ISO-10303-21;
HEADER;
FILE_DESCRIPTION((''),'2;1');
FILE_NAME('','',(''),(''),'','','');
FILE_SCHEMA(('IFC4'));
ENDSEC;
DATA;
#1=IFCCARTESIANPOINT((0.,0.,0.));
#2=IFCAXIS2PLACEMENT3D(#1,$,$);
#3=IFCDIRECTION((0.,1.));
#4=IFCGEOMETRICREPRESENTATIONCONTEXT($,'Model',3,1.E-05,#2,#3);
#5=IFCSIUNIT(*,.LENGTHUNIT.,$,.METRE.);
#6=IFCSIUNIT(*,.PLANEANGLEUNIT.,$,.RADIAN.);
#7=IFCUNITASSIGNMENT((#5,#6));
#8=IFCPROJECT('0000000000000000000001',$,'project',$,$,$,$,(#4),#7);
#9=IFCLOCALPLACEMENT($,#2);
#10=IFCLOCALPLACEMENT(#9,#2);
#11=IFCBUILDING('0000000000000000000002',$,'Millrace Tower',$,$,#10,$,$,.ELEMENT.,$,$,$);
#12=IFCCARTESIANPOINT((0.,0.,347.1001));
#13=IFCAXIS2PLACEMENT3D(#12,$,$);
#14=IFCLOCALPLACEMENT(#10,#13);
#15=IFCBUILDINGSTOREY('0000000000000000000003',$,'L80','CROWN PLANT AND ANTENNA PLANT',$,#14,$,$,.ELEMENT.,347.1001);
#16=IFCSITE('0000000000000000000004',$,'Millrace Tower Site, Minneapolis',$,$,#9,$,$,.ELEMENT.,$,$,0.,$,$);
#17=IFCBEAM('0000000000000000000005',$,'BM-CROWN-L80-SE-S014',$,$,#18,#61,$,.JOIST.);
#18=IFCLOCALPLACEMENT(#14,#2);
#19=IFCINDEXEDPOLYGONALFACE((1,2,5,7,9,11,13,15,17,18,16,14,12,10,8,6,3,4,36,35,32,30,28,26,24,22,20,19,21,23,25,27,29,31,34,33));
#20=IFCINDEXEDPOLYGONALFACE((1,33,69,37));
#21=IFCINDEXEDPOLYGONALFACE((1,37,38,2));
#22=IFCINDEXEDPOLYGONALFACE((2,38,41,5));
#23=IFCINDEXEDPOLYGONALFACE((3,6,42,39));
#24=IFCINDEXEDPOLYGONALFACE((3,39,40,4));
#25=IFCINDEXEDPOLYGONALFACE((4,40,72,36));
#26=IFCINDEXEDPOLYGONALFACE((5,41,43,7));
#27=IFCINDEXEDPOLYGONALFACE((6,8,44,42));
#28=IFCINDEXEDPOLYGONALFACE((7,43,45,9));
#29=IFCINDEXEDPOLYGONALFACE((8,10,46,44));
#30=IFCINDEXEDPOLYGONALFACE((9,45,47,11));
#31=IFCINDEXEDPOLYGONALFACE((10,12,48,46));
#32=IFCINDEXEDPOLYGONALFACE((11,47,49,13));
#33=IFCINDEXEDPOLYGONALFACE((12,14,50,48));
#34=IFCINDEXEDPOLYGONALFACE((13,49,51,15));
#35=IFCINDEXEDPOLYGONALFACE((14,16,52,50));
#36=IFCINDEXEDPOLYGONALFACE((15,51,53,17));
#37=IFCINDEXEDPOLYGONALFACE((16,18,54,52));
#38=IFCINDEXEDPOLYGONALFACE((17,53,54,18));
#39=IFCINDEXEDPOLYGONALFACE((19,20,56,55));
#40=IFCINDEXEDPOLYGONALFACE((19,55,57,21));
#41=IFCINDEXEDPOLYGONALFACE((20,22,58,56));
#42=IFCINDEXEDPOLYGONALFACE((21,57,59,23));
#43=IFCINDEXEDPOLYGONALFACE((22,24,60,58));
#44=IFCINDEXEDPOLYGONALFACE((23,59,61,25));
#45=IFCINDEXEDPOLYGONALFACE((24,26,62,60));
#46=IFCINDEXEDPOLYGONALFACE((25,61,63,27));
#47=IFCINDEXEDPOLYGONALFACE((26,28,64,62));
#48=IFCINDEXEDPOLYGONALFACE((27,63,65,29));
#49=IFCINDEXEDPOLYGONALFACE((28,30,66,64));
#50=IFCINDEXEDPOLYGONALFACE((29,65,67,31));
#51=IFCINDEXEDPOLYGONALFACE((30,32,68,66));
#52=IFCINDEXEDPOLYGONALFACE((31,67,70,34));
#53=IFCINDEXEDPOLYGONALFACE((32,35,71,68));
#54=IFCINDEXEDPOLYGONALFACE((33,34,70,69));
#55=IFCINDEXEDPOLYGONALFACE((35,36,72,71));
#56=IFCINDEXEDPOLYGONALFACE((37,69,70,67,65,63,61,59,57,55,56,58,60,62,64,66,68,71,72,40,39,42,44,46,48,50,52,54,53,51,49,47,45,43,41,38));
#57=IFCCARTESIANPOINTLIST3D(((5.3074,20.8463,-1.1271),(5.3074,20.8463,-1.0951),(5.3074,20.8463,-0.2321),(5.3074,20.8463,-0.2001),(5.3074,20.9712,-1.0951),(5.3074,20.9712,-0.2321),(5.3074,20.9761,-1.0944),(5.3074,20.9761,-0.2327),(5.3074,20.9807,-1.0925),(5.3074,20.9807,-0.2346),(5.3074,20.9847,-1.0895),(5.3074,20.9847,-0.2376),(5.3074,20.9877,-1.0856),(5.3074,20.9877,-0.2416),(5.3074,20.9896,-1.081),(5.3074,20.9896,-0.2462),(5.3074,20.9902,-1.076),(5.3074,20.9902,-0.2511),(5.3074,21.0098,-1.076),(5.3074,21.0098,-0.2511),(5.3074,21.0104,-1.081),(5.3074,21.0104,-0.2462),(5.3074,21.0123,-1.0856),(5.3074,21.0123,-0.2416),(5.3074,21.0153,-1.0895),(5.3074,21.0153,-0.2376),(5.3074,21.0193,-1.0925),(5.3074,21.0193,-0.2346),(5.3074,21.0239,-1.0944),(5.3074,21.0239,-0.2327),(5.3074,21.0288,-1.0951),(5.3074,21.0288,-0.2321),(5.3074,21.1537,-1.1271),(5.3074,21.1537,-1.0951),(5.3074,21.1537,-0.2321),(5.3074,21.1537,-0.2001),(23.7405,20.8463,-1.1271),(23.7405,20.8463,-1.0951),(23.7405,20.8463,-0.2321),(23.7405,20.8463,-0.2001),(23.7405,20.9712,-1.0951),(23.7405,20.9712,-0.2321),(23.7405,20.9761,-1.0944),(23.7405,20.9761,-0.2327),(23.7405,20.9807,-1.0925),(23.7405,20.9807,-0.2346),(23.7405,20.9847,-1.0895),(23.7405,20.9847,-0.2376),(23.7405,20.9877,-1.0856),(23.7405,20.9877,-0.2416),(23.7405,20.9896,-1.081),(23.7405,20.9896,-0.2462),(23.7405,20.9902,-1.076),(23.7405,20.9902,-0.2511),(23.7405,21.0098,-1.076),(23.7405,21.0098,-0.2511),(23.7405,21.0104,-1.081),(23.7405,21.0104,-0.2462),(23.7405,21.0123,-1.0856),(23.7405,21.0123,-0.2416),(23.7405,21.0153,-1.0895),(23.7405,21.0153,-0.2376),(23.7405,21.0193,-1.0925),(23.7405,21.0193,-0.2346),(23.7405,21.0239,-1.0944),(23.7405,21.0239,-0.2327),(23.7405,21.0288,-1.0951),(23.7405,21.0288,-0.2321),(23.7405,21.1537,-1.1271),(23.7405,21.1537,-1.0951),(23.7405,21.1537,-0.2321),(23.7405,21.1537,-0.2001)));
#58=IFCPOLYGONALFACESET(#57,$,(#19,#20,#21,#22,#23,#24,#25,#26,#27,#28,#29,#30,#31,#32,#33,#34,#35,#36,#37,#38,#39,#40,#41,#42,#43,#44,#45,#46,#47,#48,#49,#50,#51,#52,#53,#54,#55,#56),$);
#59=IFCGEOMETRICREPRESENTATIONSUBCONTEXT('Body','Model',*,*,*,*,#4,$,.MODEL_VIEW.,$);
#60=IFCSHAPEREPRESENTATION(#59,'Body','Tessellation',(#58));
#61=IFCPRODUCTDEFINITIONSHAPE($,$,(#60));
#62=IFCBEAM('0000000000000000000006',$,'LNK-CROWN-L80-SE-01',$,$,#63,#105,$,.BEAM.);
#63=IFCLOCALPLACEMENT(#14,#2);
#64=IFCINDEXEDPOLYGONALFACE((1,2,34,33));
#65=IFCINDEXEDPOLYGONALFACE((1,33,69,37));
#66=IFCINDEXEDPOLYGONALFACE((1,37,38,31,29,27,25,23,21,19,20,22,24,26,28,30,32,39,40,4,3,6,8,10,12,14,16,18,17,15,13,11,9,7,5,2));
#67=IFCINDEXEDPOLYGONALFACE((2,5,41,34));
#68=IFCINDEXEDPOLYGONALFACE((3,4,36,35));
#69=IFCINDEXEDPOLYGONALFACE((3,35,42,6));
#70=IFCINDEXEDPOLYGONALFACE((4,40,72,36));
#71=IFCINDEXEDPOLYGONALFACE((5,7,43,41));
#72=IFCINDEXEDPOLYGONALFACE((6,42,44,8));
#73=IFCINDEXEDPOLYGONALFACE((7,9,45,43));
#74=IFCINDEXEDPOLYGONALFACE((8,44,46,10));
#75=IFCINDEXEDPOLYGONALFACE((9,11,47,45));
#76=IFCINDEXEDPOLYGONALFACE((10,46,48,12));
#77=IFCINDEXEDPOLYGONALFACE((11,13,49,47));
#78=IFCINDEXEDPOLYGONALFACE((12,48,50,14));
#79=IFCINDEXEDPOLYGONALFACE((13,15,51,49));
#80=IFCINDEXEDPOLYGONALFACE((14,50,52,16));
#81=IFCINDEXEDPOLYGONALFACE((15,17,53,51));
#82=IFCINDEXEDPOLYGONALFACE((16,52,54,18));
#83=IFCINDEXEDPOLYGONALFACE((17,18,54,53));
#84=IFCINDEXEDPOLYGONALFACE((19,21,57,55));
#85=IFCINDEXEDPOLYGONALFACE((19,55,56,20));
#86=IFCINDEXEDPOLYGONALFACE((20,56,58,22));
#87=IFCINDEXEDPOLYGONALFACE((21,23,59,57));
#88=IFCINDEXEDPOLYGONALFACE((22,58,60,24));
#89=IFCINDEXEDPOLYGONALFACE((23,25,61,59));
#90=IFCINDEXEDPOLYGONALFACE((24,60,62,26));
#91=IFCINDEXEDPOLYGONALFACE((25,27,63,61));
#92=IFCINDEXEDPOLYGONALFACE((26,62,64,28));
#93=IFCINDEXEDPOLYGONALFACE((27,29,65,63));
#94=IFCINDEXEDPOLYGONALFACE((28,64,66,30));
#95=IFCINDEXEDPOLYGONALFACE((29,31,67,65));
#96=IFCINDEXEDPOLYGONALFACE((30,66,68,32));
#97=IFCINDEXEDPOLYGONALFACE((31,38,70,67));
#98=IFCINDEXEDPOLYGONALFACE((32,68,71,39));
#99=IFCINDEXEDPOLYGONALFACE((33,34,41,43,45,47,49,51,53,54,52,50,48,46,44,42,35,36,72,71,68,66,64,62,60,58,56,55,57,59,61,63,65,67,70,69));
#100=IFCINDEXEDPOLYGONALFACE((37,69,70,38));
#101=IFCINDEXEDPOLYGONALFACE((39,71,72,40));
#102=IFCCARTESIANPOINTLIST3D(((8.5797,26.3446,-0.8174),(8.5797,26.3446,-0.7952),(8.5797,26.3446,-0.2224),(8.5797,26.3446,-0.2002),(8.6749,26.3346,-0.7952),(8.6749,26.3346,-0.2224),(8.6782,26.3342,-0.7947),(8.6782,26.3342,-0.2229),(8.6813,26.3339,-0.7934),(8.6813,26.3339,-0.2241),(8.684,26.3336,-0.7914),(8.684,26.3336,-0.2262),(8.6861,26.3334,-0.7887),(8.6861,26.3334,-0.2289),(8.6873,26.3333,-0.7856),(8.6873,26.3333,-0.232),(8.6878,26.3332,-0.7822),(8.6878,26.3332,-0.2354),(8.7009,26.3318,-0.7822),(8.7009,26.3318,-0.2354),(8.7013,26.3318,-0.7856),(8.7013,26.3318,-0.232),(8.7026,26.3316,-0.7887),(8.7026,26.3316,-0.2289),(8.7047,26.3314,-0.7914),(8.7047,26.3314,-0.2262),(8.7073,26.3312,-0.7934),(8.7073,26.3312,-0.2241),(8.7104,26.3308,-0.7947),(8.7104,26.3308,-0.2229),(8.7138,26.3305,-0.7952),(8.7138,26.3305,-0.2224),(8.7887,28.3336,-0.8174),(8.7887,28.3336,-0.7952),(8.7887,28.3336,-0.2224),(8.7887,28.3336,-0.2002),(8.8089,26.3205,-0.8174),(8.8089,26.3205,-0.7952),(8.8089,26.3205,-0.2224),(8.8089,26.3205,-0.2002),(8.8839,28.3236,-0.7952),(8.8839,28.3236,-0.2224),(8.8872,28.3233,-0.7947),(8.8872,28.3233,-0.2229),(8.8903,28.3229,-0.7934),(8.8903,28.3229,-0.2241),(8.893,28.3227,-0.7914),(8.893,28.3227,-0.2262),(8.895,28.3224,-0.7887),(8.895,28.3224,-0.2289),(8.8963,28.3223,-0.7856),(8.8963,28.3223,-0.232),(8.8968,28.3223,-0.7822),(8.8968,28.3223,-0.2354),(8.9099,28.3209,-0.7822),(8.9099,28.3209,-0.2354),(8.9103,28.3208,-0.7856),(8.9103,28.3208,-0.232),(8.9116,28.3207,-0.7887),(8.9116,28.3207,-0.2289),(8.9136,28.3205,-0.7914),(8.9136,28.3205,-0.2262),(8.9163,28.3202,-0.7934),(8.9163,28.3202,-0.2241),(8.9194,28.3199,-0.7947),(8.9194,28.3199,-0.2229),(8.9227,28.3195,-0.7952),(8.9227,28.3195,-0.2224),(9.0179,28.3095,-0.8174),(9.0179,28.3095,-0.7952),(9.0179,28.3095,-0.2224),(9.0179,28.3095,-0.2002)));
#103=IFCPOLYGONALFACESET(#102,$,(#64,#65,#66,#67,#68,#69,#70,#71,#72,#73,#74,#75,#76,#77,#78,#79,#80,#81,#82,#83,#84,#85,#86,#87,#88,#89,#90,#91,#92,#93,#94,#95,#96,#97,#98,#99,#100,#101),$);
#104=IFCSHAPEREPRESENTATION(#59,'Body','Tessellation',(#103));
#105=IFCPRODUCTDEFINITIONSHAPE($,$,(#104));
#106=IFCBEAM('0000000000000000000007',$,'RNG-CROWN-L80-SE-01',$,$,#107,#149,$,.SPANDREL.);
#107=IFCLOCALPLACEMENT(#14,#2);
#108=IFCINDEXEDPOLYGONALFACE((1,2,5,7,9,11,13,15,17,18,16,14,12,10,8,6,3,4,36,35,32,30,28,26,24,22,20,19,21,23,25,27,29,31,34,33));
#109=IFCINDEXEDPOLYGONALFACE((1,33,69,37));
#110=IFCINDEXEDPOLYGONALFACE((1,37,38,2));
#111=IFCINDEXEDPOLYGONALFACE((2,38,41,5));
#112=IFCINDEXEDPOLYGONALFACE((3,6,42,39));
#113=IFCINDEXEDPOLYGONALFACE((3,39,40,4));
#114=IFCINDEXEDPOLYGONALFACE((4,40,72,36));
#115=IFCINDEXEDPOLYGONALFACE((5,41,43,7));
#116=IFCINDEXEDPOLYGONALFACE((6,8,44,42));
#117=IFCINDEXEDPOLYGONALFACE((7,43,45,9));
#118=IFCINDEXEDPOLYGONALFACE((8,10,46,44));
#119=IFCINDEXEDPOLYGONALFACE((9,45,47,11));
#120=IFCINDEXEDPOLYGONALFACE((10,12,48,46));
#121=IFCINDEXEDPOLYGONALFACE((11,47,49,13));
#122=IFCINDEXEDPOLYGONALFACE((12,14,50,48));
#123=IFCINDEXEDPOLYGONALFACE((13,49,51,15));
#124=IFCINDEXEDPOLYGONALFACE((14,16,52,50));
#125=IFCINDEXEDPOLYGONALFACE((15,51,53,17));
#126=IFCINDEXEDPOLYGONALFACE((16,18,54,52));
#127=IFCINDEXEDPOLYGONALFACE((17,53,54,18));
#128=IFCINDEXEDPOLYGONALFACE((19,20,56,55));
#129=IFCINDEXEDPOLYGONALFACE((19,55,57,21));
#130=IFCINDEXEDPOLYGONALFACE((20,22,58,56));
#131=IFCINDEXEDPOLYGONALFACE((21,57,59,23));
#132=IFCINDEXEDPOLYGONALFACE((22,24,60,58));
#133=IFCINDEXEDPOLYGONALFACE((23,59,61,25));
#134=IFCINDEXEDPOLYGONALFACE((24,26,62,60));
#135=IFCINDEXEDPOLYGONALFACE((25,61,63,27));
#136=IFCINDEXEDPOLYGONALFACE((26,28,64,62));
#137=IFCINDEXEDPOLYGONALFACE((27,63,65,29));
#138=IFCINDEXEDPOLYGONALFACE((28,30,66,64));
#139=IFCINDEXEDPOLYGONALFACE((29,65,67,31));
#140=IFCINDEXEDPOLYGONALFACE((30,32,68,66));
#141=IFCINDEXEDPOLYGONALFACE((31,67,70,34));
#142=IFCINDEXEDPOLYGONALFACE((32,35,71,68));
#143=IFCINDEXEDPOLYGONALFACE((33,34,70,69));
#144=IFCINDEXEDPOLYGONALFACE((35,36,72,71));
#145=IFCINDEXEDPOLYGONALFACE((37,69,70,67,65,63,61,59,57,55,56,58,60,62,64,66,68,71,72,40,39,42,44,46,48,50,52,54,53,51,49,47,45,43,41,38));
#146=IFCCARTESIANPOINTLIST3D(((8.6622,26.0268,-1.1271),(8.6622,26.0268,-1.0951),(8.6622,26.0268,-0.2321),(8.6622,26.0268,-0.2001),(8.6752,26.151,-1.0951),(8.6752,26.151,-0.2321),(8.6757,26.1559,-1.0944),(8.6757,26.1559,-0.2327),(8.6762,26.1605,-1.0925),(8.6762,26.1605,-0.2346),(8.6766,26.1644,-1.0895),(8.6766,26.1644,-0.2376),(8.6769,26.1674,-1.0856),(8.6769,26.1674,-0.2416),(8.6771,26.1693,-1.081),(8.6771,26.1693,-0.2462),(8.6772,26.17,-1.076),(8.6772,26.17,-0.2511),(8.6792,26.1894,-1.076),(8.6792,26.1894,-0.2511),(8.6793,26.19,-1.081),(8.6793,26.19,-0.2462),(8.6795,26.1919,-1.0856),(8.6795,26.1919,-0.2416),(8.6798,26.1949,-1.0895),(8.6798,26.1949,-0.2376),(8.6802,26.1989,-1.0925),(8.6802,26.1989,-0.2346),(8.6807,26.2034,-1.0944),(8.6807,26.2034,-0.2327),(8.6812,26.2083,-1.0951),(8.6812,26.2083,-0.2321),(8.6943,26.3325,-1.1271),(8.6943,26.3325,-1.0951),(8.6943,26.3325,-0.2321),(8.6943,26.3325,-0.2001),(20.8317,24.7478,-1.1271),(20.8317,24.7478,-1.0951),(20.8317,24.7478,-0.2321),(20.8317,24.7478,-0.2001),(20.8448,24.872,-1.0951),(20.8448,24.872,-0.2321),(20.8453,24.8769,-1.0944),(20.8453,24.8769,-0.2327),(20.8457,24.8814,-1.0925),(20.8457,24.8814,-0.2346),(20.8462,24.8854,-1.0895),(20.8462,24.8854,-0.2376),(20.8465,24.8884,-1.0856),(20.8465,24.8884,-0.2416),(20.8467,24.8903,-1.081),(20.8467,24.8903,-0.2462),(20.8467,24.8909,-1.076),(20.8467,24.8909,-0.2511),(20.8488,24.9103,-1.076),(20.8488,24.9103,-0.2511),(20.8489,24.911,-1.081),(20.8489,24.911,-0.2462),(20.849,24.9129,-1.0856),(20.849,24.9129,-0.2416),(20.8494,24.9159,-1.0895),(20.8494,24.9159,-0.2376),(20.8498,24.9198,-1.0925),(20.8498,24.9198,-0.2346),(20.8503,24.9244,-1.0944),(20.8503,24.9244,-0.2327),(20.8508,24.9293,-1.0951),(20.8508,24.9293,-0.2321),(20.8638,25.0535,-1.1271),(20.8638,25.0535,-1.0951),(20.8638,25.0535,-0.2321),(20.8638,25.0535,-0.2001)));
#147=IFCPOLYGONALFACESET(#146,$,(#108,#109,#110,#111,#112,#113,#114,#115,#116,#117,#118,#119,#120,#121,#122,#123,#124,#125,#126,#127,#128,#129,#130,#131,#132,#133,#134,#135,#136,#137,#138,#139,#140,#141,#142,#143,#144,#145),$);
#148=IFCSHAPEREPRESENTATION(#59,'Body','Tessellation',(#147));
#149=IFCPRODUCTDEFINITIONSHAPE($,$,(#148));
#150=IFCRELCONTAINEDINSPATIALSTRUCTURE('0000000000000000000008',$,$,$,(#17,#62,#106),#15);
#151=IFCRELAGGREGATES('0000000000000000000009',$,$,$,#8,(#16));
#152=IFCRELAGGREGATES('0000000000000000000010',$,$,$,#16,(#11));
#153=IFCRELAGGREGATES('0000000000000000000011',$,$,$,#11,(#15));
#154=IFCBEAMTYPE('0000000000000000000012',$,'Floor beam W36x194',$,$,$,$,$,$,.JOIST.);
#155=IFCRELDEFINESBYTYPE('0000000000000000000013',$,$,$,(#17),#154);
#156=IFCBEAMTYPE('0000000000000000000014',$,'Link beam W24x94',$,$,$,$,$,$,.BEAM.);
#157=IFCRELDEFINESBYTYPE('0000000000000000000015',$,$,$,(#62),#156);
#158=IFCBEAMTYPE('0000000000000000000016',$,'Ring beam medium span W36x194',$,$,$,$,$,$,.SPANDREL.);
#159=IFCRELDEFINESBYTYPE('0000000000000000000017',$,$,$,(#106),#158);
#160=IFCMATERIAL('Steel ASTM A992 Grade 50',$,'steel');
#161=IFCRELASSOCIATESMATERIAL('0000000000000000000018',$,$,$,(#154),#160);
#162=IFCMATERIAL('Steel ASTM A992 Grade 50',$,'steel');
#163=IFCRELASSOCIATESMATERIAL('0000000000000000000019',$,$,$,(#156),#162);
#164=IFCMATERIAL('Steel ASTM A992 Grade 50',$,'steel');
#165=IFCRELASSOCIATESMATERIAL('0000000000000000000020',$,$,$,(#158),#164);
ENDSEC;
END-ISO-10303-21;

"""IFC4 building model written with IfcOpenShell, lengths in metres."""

from ifc_helpers import new_model, si_unit, direction, frame, origin, origin_2d, place, context, subcontext, project, spatial, i_section, extrude, material, material_profile, profile_set, type_object, element, save


model = new_model("IFC4")

# Units and contexts
model_context = context("Model", 3, precision=1e-05, world=origin(), true_north=direction((0.0, 1.0)))
body_context = subcontext(model_context, "Body", "Model", "MODEL_VIEW")
ifc_project = project(units=[si_unit("LENGTHUNIT", "METRE"), si_unit("PLANEANGLEUNIT", "RADIAN")], contexts=[model_context])

# Site, building, storey
site_placement = place(None, origin())
site = spatial("IfcSite", under=ifc_project, at=site_placement, Name="Millrace Tower Site, Minneapolis", CompositionType="ELEMENT", RefElevation=0.0)
building_placement = place(site_placement, origin())
building = spatial("IfcBuilding", under=site, at=building_placement, Name="Millrace Tower", CompositionType="ELEMENT")
storey_placement = place(building_placement, frame((0.0, 0.0, 347.1001)))
storey = spatial("IfcBuildingStorey", under=building, at=storey_placement, Name="L80", Description="CROWN PLANT AND ANTENNA PLANT", CompositionType="ELEMENT", Elevation=347.1001)

# Beams
ifc_material_1 = material(Name="Steel ASTM A992 Grade 50", Category="steel")
ifc_material_profile_1 = material_profile(ifc_material_1, i_section(OverallWidth=0.3074, OverallDepth=0.927, WebThickness=0.0195, FlangeThickness=0.032, FilletRadius=0.019, at=origin_2d()))
ifc_profile_set_1 = profile_set([ifc_material_profile_1], Name="Steel ASTM A992 Grade 50")
beam_type_1 = type_object("IfcBeamType", Name="Floor beam W36x194", PredefinedType="JOIST", material=ifc_profile_set_1)
beam_1_placement = place(storey_placement, frame((5.3074, 21.0, -0.6636), z_axis=(1.0, 0.0, 0.0), x_axis=(0.0, 1.0, 0.0)))
element("IfcBeam", 1, at=beam_1_placement, inside=storey, type_object=beam_type_1, Name="BM-CROWN-L80-SE-S014", PredefinedType="JOIST", context=body_context, shape_type="SweptSolid", body=[
    extrude(i_section(OverallWidth=0.3074, OverallDepth=0.927, WebThickness=0.0195, FlangeThickness=0.032, FilletRadius=0.019, at=origin_2d()), origin(), (0.0, 0.0, 1.0), 18.4331),
])
ifc_material_2 = material(Name="Steel ASTM A992 Grade 50", Category="steel")
ifc_material_profile_2 = material_profile(ifc_material_2, i_section(OverallWidth=0.2305, OverallDepth=0.6172, WebThickness=0.0132, FlangeThickness=0.0222, FilletRadius=0.0129, at=origin_2d()))
ifc_profile_set_2 = profile_set([ifc_material_profile_2], Name="Steel ASTM A992 Grade 50")
beam_type_2 = type_object("IfcBeamType", Name="Link beam W24x94", PredefinedType="BEAM", material=ifc_profile_set_2)
beam_2_placement = place(storey_placement, frame((8.6943, 26.3325, -0.5088), z_axis=(0.104494, 0.994526, 0.0), x_axis=(-0.994526, 0.104494, 0.0)))
element("IfcBeam", 2, at=beam_2_placement, inside=storey, type_object=beam_type_2, Name="LNK-CROWN-L80-SE-01", PredefinedType="BEAM", context=body_context, shape_type="SweptSolid", body=[
    extrude(i_section(OverallWidth=0.2305, OverallDepth=0.6172, WebThickness=0.0132, FlangeThickness=0.0222, FilletRadius=0.0129, at=origin_2d()), origin(), (0.0, 0.0, 1.0), 2.0),
])
ifc_material_3 = material(Name="Steel ASTM A992 Grade 50", Category="steel")
ifc_material_profile_3 = material_profile(ifc_material_3, i_section(OverallWidth=0.3074, OverallDepth=0.927, WebThickness=0.0195, FlangeThickness=0.032, FilletRadius=0.019, at=origin_2d()))
ifc_profile_set_3 = profile_set([ifc_material_profile_3], Name="Steel ASTM A992 Grade 50")
beam_type_3 = type_object("IfcBeamType", Name="Ring beam medium span W36x194", PredefinedType="SPANDREL", material=ifc_profile_set_3)
beam_3_placement = place(storey_placement, frame((8.6782, 26.1797, -0.6636), z_axis=(0.994522, -0.104528, 0.0), x_axis=(0.104528, 0.994522, 0.0)))
element("IfcBeam", 3, at=beam_3_placement, inside=storey, type_object=beam_type_3, Name="RNG-CROWN-L80-SE-01", PredefinedType="SPANDREL", context=body_context, shape_type="SweptSolid", body=[
    extrude(i_section(OverallWidth=0.3074, OverallDepth=0.927, WebThickness=0.0195, FlangeThickness=0.032, FilletRadius=0.019, at=origin_2d()), origin(), (0.0, 0.0, 1.0), 12.2366),
])

save(model, "model.ifc")
